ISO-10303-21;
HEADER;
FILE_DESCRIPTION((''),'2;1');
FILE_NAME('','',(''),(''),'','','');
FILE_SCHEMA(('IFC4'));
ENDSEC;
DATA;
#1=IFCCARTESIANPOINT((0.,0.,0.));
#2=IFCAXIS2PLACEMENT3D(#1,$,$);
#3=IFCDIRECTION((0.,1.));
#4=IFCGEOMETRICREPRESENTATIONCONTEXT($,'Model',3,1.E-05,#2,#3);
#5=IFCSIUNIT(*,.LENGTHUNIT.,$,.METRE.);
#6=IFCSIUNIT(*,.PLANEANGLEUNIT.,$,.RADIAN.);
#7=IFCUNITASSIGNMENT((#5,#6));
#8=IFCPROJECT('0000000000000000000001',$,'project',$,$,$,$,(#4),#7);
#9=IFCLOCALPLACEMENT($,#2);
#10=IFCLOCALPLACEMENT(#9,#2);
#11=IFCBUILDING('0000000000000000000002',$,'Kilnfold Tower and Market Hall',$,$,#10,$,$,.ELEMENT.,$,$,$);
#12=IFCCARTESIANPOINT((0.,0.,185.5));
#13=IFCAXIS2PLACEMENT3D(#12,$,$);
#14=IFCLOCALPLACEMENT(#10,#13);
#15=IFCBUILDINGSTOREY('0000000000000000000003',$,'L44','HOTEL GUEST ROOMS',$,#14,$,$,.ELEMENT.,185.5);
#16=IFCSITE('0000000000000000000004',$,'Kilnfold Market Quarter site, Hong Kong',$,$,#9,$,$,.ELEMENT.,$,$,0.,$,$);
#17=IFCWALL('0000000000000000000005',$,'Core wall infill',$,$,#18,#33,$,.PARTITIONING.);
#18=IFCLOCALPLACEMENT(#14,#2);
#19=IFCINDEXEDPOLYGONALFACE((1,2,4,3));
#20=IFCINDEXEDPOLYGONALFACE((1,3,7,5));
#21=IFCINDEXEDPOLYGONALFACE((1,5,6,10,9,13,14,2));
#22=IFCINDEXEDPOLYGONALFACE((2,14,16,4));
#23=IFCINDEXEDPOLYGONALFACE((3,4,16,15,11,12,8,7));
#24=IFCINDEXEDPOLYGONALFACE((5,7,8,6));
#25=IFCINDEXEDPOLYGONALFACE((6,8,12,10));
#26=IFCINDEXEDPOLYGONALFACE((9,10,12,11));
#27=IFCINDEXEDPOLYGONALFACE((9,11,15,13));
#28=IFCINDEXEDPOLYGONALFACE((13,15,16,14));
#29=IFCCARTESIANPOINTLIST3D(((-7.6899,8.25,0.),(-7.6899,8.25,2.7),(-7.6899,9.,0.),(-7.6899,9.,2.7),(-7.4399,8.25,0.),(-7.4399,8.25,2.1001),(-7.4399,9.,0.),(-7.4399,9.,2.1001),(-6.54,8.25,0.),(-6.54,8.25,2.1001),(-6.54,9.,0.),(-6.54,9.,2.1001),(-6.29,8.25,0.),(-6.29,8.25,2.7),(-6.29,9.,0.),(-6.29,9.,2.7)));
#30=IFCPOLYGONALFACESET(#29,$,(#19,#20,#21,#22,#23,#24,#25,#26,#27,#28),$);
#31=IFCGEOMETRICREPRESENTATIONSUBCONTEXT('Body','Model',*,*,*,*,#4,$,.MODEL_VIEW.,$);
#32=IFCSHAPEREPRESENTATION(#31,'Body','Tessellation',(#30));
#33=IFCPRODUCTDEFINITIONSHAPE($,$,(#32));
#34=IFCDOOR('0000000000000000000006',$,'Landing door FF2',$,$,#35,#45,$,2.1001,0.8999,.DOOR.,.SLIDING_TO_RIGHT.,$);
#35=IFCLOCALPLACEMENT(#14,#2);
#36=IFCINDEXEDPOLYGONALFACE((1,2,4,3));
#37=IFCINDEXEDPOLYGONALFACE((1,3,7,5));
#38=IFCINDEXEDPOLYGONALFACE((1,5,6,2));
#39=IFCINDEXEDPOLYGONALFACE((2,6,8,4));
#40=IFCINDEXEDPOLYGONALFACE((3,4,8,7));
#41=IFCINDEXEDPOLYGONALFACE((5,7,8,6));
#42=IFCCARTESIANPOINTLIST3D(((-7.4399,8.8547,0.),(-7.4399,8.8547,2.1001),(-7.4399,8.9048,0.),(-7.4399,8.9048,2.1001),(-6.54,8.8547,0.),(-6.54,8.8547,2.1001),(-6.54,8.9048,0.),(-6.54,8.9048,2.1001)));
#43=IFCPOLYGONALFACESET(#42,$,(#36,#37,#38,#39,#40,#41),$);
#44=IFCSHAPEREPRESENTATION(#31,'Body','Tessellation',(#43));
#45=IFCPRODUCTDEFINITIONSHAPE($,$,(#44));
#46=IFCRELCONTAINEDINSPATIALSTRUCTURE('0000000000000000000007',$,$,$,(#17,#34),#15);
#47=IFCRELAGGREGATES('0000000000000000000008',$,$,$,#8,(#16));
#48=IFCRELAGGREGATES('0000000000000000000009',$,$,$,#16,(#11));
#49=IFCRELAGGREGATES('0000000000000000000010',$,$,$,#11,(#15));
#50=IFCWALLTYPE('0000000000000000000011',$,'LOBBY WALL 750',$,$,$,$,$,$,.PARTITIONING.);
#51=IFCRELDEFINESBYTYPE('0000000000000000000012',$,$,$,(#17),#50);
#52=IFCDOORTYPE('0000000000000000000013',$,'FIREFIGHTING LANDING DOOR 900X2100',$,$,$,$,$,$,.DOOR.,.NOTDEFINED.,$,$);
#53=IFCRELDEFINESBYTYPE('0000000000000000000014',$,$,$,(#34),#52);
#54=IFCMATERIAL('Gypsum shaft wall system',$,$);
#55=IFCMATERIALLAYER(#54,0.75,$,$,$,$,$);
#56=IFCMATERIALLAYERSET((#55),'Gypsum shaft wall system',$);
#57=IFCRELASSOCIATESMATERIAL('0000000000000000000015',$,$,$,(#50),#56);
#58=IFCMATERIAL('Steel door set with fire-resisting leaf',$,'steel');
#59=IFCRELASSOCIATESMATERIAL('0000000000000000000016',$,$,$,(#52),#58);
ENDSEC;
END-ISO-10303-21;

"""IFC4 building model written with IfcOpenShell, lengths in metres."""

from ifc_helpers import new_model, si_unit, direction, frame, frame_2d, origin, place, context, subcontext, project, spatial, rectangle, extrude, source, transform, mapped, material, layer, layer_set, type_object, element, fill, save


model = new_model("IFC4")

# Units and contexts
model_context = context("Model", 3, precision=1e-05, world=origin(), true_north=direction((0.0, 1.0)))
body_context = subcontext(model_context, "Body", "Model", "MODEL_VIEW")
ifc_project = project(units=[si_unit("LENGTHUNIT", "METRE"), si_unit("PLANEANGLEUNIT", "RADIAN")], contexts=[model_context])

# Site, building, storey
site_placement = place(None, origin())
site = spatial("IfcSite", under=ifc_project, at=site_placement, Name="Kilnfold Market Quarter site, Hong Kong", CompositionType="ELEMENT", RefElevation=0.0)
building_placement = place(site_placement, origin())
building = spatial("IfcBuilding", under=site, at=building_placement, Name="Kilnfold Tower and Market Hall", CompositionType="ELEMENT")
storey_placement = place(building_placement, frame((0.0, 0.0, 185.5)))
storey = spatial("IfcBuildingStorey", under=building, at=storey_placement, Name="L44", Description="HOTEL GUEST ROOMS", CompositionType="ELEMENT", Elevation=185.5)

# Wall, opening, door
ifc_material_1 = material(Name="Gypsum shaft wall system")
ifc_layer_1 = layer(ifc_material_1, 0.75)
ifc_layer_set_1 = layer_set([ifc_layer_1], Name="Gypsum shaft wall system")
wall_type_1 = type_object("IfcWallType", Name="LOBBY WALL 750", PredefinedType="PARTITIONING", material=ifc_layer_set_1)
ifc_material_2 = material(Name="Steel door set with fire-resisting leaf", Category="steel")
door_type_1 = type_object("IfcDoorType", Name="FIREFIGHTING LANDING DOOR 900X2100", OperationType="NOTDEFINED", PredefinedType="DOOR", material=ifc_material_2)
shared_shape_1 = source(origin(), body_context, "Body", "SweptSolid", [
    extrude(rectangle(XDim=1.3999, YDim=0.75, at=frame_2d((0.7, 0.0))), origin(), (0.0, 0.0, 1.0), 2.7),
])
wall_1_placement = place(storey_placement, frame((-7.6899, 8.625, 0.0), z_axis=(0.0, 0.0, 1.0), x_axis=(1.0, 0.0, 0.0)))
wall_1 = element("IfcWall", 1, at=wall_1_placement, inside=storey, type_object=wall_type_1, Name="Core wall infill", PredefinedType="PARTITIONING", context=body_context, shape_type="MappedRepresentation", body=[
    mapped(shared_shape_1, transform((0.0, 0.0, 0.0))),
])
opening_1_placement = place(wall_1_placement, frame((0.25, 0.0, 0.0)))
opening_1 = element("IfcOpeningElement", 2, at=opening_1_placement, cuts=wall_1, PredefinedType="OPENING", context=body_context, shape_type="SweptSolid", body=[
    extrude(rectangle(XDim=0.8999, YDim=2.1001, at=frame_2d((0.45, 1.05))), frame((0.0, 0.385, 0.0), z_axis=(0.0, -1.0, 0.0), x_axis=(1.0, 0.0, 0.0)), (0.0, 0.0, 1.0), 0.77),
])
door_1_placement = place(opening_1_placement, origin())
door_1 = element("IfcDoor", 3, at=door_1_placement, inside=storey, type_object=door_type_1, Name="Landing door FF2", OperationType="SLIDING_TO_RIGHT", OverallHeight=2.1001, OverallWidth=0.8999, PredefinedType="DOOR", context=body_context, shape_type="SweptSolid", body=[
    extrude(rectangle(XDim=0.8999, YDim=2.1001, at=frame_2d((0.45, 1.05))), frame((0.0, 0.2798, 0.0), z_axis=(0.0, -1.0, 0.0), x_axis=(1.0, 0.0, 0.0)), (0.0, 0.0, 1.0), 0.05),
])
fill(opening_1, door_1)

save(model, "model.ifc")
